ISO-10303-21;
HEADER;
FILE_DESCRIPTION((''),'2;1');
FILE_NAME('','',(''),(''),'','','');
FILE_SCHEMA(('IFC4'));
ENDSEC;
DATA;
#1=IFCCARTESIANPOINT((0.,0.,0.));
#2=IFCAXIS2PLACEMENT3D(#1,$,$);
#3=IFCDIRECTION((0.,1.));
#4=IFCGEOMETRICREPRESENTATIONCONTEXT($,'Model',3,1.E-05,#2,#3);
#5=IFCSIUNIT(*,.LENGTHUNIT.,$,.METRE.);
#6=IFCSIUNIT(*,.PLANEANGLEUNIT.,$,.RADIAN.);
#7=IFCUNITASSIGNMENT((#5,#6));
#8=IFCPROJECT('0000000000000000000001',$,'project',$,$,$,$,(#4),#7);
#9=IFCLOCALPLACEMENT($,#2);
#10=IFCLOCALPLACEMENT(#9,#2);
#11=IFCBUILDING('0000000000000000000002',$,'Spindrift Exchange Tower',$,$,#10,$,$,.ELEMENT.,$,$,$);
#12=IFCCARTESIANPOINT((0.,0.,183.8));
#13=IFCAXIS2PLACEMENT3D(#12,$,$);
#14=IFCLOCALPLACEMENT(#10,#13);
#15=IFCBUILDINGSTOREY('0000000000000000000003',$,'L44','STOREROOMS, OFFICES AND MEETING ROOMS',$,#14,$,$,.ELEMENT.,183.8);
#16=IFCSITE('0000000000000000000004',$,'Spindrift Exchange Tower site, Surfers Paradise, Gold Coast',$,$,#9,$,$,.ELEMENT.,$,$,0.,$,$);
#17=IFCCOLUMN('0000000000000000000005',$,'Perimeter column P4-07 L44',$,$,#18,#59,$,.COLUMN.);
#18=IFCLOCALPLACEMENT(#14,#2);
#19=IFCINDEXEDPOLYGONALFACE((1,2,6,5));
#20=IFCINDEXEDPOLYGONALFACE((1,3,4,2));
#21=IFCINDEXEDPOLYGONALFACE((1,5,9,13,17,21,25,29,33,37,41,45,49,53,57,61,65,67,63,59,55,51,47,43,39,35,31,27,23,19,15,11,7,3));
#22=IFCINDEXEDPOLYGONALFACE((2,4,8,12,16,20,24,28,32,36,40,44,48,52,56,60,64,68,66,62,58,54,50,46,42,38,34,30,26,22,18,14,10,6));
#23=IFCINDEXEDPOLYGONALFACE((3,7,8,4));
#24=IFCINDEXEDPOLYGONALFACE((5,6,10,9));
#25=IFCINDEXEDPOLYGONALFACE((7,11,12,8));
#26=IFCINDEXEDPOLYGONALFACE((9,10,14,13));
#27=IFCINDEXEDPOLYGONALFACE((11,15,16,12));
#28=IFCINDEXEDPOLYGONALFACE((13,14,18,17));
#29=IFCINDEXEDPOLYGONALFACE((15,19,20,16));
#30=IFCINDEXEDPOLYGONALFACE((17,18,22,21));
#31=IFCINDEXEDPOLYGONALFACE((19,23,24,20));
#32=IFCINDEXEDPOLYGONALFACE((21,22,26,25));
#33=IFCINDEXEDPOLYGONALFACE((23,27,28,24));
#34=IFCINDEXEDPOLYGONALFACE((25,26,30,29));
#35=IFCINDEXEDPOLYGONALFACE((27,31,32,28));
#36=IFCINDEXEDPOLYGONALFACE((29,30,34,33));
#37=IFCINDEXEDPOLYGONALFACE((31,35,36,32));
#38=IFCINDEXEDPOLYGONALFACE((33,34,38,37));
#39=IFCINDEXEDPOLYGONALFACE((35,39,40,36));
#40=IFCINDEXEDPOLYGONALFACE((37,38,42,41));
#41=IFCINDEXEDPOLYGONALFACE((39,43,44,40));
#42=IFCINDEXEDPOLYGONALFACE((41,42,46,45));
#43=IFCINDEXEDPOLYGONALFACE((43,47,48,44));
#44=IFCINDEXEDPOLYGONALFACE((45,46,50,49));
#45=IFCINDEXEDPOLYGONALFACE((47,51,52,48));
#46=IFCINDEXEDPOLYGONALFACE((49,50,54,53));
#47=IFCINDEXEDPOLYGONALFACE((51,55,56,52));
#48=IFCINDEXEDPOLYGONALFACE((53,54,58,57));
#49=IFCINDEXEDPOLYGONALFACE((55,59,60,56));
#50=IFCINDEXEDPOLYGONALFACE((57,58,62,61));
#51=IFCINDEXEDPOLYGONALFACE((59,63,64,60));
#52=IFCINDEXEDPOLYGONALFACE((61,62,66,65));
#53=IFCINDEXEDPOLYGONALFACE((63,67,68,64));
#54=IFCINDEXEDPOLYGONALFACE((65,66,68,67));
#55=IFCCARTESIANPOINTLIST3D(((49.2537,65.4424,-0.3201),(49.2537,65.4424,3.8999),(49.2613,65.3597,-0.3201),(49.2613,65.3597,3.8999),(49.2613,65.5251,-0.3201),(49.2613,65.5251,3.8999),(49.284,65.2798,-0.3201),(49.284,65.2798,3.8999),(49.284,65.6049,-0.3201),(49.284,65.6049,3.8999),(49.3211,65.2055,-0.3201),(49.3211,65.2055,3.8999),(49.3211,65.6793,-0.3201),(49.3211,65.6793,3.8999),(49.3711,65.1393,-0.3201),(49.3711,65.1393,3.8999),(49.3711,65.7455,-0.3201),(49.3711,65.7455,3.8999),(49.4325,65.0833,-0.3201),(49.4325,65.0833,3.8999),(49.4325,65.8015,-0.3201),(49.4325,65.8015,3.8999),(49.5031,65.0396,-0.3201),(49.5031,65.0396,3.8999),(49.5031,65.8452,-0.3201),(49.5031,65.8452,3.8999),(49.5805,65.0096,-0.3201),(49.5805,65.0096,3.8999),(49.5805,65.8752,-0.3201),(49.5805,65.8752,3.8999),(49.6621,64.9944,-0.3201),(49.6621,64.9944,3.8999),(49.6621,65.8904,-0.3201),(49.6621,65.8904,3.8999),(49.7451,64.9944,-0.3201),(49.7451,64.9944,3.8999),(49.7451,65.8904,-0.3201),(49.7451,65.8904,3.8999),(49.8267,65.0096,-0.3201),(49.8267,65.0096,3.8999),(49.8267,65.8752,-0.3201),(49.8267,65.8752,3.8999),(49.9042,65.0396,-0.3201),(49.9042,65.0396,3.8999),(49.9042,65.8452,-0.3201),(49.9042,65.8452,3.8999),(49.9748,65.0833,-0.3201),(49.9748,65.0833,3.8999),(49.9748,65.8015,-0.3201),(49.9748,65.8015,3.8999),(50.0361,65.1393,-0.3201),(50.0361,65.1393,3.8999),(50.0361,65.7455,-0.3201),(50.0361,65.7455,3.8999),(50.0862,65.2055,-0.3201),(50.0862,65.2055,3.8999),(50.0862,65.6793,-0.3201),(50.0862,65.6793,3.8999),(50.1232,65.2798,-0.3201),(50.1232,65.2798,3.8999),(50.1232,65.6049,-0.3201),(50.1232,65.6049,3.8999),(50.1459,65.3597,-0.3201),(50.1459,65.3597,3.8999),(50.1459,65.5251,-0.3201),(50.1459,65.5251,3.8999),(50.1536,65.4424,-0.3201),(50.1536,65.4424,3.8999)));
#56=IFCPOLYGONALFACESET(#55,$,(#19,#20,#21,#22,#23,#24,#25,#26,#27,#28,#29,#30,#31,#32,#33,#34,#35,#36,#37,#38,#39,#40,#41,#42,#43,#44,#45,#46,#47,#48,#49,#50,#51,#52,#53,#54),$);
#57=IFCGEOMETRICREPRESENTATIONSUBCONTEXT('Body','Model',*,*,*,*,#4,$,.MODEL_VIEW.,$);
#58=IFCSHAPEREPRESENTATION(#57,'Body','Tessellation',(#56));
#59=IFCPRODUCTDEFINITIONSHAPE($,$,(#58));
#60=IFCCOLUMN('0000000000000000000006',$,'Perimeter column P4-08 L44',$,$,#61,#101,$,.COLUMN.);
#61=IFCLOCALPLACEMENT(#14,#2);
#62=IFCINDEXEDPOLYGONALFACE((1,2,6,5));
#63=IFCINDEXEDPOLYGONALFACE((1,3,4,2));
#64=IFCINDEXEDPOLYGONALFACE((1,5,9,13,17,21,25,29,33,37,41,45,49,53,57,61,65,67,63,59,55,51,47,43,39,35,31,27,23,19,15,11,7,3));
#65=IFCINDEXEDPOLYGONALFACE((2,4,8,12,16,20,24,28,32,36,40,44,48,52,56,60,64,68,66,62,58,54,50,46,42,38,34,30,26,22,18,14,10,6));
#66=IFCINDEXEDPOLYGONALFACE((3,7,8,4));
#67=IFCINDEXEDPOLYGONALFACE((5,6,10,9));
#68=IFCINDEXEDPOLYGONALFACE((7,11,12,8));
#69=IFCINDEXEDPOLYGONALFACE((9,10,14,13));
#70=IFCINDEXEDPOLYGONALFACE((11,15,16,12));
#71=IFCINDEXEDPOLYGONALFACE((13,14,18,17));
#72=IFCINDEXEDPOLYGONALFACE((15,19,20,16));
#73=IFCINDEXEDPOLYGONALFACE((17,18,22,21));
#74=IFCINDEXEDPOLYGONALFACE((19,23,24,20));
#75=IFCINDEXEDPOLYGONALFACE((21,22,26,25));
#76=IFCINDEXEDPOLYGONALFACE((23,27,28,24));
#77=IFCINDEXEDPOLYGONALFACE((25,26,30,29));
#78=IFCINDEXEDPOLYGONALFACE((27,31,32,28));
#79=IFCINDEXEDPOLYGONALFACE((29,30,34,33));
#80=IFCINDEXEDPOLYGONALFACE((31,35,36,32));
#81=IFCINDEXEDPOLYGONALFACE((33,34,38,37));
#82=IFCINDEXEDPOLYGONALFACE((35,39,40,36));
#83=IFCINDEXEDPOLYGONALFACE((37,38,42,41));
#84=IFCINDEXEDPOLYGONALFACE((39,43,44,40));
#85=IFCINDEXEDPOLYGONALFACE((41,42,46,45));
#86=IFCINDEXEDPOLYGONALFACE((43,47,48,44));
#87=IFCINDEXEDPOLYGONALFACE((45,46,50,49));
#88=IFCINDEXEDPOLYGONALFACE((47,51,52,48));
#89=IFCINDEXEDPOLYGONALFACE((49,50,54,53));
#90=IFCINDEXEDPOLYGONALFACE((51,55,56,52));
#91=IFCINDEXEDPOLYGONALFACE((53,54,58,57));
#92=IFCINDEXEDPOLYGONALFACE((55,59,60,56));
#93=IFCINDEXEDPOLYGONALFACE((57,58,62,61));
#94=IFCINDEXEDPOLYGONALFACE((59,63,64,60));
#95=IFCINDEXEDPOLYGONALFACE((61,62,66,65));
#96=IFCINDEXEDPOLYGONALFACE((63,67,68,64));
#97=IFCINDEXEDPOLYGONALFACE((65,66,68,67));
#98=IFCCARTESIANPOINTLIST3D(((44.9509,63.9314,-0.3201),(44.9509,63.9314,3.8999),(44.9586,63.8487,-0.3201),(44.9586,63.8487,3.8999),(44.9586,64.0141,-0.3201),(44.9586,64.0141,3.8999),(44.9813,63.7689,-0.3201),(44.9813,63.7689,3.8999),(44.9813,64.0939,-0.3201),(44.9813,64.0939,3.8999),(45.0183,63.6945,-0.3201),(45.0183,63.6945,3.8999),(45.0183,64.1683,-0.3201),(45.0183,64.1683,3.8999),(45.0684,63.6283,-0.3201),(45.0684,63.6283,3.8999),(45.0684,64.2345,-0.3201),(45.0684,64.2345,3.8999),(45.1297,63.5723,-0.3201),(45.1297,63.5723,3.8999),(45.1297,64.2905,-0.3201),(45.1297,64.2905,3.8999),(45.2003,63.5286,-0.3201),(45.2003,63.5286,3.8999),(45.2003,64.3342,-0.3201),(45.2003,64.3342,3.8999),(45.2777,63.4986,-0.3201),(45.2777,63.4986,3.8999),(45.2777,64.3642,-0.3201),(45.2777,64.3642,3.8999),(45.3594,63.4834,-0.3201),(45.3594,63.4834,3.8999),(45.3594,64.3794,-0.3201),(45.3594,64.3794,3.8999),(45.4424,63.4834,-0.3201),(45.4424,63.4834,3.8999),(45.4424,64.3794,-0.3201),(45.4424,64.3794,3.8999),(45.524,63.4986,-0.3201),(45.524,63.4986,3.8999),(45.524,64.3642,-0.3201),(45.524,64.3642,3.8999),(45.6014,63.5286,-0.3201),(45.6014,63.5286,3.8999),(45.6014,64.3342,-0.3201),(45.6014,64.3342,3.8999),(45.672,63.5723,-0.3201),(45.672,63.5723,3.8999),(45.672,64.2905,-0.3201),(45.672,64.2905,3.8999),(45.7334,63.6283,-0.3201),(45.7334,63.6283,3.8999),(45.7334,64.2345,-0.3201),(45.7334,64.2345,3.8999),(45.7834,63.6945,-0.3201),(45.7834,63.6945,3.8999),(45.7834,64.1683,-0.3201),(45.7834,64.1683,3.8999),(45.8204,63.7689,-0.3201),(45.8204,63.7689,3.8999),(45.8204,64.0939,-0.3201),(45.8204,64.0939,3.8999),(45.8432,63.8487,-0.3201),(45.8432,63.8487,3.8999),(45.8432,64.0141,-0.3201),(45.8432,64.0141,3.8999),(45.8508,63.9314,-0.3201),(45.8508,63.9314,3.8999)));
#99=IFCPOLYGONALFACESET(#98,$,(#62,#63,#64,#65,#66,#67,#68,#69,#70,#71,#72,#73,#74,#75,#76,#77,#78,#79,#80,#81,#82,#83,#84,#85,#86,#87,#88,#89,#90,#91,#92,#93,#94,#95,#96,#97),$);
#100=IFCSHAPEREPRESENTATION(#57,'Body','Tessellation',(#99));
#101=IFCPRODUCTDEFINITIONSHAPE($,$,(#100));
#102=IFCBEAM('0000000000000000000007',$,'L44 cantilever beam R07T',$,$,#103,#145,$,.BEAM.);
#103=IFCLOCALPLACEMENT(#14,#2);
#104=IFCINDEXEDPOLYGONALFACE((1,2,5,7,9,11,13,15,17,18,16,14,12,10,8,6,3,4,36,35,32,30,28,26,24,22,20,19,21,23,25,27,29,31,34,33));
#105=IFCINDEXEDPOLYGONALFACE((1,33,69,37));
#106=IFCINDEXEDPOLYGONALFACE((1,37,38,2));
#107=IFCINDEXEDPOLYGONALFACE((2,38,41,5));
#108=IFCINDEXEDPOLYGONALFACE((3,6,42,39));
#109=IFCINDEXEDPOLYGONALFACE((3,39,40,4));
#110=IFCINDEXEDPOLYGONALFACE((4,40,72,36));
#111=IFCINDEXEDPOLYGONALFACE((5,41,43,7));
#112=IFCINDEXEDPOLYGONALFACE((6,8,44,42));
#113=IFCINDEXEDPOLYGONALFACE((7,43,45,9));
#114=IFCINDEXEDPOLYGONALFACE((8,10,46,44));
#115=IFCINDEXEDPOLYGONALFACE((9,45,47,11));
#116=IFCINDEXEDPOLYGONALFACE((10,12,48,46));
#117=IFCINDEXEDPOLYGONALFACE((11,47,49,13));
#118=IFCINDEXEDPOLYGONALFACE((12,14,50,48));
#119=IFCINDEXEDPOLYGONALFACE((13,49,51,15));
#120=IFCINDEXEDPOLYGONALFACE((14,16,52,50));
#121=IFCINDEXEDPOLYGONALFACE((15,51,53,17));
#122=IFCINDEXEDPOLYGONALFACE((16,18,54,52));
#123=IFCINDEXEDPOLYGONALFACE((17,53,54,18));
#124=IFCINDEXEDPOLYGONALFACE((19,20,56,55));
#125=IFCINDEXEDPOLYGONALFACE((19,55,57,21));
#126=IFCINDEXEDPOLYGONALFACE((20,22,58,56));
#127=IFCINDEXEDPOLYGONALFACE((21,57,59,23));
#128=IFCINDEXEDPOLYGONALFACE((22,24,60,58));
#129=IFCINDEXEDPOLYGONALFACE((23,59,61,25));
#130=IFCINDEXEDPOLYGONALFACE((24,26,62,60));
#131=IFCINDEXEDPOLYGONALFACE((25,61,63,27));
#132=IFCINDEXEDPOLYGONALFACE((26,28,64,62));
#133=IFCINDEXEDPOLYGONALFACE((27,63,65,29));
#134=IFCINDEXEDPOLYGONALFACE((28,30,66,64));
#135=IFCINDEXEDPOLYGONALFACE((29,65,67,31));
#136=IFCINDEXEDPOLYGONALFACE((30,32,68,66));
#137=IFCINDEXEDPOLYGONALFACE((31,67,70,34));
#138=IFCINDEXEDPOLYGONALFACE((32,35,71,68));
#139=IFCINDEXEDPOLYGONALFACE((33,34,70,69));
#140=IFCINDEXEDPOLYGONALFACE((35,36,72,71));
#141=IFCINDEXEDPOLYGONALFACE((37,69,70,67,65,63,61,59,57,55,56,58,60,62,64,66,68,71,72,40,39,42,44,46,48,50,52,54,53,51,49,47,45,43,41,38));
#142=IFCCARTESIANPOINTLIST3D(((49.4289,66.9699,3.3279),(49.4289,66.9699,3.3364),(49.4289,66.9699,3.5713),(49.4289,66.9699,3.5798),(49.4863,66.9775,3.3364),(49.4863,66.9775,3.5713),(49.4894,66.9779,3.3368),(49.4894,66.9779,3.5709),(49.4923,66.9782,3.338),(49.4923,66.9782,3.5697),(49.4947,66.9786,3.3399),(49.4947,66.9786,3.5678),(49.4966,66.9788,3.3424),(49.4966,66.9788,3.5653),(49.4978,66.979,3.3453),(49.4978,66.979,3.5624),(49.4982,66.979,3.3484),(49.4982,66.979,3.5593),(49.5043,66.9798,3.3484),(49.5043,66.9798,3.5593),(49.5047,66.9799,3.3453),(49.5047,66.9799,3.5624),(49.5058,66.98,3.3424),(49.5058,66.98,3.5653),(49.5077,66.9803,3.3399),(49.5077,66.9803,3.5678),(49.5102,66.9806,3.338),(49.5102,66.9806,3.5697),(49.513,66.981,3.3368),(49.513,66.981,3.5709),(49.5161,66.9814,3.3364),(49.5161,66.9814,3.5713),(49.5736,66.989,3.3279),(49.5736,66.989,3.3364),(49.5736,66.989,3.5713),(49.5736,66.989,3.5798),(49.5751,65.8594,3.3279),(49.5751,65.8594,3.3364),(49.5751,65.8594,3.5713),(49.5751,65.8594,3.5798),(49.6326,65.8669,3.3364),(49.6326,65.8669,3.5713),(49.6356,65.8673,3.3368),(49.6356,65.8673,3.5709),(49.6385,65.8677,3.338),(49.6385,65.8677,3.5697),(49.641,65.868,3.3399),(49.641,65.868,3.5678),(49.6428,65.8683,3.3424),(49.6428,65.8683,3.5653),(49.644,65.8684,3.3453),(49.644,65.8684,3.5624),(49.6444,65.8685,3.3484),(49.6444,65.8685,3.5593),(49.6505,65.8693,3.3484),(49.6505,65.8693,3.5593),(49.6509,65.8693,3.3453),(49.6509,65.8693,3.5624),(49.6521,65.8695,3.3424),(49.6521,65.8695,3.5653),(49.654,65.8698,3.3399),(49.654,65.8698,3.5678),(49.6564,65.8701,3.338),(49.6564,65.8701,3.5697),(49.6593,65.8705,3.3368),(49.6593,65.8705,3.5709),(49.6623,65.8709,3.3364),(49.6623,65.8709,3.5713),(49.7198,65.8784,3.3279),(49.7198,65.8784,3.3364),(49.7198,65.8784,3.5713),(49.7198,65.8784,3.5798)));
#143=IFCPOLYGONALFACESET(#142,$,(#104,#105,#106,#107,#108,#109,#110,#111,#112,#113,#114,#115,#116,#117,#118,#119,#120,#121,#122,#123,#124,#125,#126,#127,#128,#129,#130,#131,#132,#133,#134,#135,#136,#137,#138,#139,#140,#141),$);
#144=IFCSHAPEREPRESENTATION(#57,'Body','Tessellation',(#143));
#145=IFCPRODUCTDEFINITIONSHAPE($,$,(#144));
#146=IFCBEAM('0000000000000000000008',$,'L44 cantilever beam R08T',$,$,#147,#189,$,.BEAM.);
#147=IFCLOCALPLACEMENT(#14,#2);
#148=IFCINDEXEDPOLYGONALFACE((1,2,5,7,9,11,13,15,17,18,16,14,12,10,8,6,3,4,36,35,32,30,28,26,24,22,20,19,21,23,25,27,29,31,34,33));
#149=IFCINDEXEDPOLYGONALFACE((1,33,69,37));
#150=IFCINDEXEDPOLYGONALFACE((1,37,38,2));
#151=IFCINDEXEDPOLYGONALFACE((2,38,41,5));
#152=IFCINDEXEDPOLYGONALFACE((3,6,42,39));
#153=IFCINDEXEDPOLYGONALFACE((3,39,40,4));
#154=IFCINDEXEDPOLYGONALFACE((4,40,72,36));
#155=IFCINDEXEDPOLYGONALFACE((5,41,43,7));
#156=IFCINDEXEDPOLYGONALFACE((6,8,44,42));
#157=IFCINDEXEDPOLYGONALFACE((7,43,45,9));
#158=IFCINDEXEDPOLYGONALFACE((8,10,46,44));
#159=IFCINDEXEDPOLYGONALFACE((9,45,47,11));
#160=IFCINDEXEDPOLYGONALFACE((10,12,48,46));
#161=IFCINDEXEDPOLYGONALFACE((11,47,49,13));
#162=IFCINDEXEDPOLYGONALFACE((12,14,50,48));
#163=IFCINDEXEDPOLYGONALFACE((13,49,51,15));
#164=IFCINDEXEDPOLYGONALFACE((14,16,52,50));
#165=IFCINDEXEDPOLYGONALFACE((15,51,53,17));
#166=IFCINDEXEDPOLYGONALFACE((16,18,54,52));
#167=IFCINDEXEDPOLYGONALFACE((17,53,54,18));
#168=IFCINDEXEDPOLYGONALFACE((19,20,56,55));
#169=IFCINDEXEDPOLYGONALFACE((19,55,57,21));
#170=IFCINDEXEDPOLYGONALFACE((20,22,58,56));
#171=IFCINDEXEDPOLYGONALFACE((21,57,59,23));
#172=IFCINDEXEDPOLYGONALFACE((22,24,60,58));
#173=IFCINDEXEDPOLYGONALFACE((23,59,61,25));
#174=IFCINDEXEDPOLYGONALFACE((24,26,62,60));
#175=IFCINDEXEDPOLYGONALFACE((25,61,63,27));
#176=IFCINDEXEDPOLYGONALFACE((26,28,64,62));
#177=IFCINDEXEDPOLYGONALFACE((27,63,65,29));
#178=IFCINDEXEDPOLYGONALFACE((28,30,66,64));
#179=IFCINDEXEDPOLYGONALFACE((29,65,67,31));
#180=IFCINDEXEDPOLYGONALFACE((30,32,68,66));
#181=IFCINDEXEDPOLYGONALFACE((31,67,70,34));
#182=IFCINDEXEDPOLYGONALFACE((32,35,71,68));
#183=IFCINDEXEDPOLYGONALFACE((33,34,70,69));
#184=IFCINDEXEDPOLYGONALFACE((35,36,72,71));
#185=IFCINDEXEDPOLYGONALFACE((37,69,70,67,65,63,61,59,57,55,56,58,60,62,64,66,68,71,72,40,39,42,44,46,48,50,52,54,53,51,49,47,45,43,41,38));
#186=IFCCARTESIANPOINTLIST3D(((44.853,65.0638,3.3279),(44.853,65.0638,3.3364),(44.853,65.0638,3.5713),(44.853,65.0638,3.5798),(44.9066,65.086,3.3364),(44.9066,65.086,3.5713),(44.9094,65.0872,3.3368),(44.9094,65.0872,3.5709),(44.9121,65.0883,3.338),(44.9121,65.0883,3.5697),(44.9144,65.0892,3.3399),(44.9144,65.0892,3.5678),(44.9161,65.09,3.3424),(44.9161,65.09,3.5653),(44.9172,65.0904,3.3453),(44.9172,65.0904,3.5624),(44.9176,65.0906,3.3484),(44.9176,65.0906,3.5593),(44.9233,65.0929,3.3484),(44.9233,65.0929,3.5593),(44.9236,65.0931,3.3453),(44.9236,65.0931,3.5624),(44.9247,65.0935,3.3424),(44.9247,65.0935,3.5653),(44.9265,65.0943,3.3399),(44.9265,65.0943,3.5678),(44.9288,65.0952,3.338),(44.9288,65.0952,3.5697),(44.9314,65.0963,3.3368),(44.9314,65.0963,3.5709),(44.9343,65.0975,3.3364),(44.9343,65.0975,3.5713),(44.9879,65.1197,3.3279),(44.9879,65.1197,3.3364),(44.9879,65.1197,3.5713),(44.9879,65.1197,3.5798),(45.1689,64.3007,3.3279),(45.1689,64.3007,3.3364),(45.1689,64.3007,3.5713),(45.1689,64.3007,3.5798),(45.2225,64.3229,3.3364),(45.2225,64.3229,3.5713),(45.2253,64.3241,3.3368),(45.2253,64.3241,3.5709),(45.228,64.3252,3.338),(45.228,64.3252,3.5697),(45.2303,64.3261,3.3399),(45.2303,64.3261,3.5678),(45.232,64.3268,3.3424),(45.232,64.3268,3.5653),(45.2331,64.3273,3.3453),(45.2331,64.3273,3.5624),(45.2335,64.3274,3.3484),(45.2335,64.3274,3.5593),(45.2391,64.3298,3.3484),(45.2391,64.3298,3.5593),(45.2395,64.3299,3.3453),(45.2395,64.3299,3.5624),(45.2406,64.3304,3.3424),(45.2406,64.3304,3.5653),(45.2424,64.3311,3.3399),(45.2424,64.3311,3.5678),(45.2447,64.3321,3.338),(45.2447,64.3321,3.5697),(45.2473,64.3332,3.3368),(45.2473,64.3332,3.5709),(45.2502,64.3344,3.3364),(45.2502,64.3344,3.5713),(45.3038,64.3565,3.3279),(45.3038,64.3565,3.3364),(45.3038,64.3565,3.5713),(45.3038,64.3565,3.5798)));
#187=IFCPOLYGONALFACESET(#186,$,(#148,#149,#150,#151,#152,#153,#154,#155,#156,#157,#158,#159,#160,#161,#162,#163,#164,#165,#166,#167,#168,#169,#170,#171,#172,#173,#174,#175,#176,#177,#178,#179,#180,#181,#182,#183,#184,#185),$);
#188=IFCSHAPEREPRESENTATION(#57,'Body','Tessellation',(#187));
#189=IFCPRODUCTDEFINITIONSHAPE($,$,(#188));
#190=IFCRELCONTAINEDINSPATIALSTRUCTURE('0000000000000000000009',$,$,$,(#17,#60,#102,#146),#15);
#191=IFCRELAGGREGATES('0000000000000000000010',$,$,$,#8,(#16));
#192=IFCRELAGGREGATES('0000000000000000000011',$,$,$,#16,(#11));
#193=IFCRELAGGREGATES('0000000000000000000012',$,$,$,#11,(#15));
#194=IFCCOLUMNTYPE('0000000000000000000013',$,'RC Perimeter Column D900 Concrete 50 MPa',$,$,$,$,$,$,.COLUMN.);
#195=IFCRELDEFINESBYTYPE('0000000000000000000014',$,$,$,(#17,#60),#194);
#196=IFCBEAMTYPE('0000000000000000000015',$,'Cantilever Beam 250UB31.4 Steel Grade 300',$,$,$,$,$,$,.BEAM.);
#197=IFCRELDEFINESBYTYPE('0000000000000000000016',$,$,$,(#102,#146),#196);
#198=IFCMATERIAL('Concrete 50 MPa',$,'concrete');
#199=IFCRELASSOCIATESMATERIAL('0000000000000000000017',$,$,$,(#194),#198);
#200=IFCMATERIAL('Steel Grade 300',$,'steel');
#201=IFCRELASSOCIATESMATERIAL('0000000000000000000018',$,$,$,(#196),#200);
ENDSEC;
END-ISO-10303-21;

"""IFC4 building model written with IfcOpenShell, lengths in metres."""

from ifc_helpers import new_model, si_unit, direction, frame, origin, origin_2d, place, context, subcontext, project, spatial, circle, i_section, extrude, source, transform, mapped, material, material_profile, profile_set, type_object, element, save


model = new_model("IFC4")

# Units and contexts
model_context = context("Model", 3, precision=1e-05, world=origin(), true_north=direction((0.0, 1.0)))
body_context = subcontext(model_context, "Body", "Model", "MODEL_VIEW")
ifc_project = project(units=[si_unit("LENGTHUNIT", "METRE"), si_unit("PLANEANGLEUNIT", "RADIAN")], contexts=[model_context])

# Site, building, storey
site_placement = place(None, origin())
site = spatial("IfcSite", under=ifc_project, at=site_placement, Name="Spindrift Exchange Tower site, Surfers Paradise, Gold Coast", CompositionType="ELEMENT", RefElevation=0.0)
building_placement = place(site_placement, origin())
building = spatial("IfcBuilding", under=site, at=building_placement, Name="Spindrift Exchange Tower", CompositionType="ELEMENT")
storey_placement = place(building_placement, frame((0.0, 0.0, 183.8)))
storey = spatial("IfcBuildingStorey", under=building, at=storey_placement, Name="L44", Description="STOREROOMS, OFFICES AND MEETING ROOMS", CompositionType="ELEMENT", Elevation=183.8)

# Columns
ifc_material_1 = material(Name="Concrete 50 MPa", Category="concrete")
ifc_material_profile_1 = material_profile(ifc_material_1, circle(Radius=0.45, at=origin_2d()), Name="RC D900")
ifc_profile_set_1 = profile_set([ifc_material_profile_1], Name="Concrete 50 MPa")
column_type = type_object("IfcColumnType", Name="RC Perimeter Column D900 Concrete 50 MPa", PredefinedType="COLUMN", material=ifc_profile_set_1)
shared_shape_1 = source(origin(), body_context, "Body", "SweptSolid", [
    extrude(circle(Radius=0.45, at=origin_2d()), origin(), (0.0, 0.0, 1.0), 4.22),
])
for number, where, z_axis, x_axis, name in (
    (1, (49.7036, 65.4424, -0.3201), (0.0, 0.0, 1.0), (1.0, 0.0, 0.0), "Perimeter column P4-07 L44"),
    (2, (45.4009, 63.9314, -0.3201), (0.0, 0.0, 1.0), (1.0, 0.0, 0.0), "Perimeter column P4-08 L44"),
):
    element("IfcColumn", number, at=place(storey_placement, frame(where, z_axis=z_axis, x_axis=x_axis)), inside=storey, type_object=column_type, Name=name, PredefinedType="COLUMN", context=body_context, shape_type="MappedRepresentation", body=[
        mapped(shared_shape_1, transform((0.0, 0.0, 0.0), scale=1.0)),
    ])

# Beams
ifc_material_2 = material(Name="Steel Grade 300", Category="steel")
ifc_material_profile_2 = material_profile(ifc_material_2, i_section(OverallWidth=0.146, OverallDepth=0.252, WebThickness=0.0061, FlangeThickness=0.0085, FilletRadius=0.012, at=origin_2d()), Name="250UB31.4")
ifc_profile_set_2 = profile_set([ifc_material_profile_2], Name="Steel Grade 300")
beam_type_1 = type_object("IfcBeamType", Name="Cantilever Beam 250UB31.4 Steel Grade 300", PredefinedType="BEAM", material=ifc_profile_set_2)
shared_shape_2 = source(origin(), body_context, "Body", "SweptSolid", [
    extrude(i_section(OverallWidth=0.146, OverallDepth=0.252, WebThickness=0.0061, FlangeThickness=0.0085, FilletRadius=0.012, at=origin_2d()), origin(), (0.0, 0.0, 1.0), 1.1201),
])
beam_1_placement = place(storey_placement, frame((49.6475, 65.8689, 3.4539), z_axis=(-0.13055, 0.991442, 0.0), x_axis=(-0.991442, -0.13055, 0.0)))
element("IfcBeam", 3, at=beam_1_placement, inside=storey, type_object=beam_type_1, Name="L44 cantilever beam R07T", PredefinedType="BEAM", context=body_context, shape_type="MappedRepresentation", body=[
    mapped(shared_shape_2, transform((0.0, 0.0, 0.0), scale=1.0)),
])
shared_shape_3 = source(origin(), body_context, "Body", "SweptSolid", [
    extrude(i_section(OverallWidth=0.146, OverallDepth=0.252, WebThickness=0.0061, FlangeThickness=0.0085, FilletRadius=0.012, at=origin_2d()), origin(), (0.0, 0.0, 1.0), 0.8259),
])
beam_2_placement = place(storey_placement, frame((45.2363, 64.3286, 3.4539), z_axis=(-0.382474, 0.923966, 0.0), x_axis=(-0.923966, -0.382474, 0.0)))
element("IfcBeam", 4, at=beam_2_placement, inside=storey, type_object=beam_type_1, Name="L44 cantilever beam R08T", PredefinedType="BEAM", context=body_context, shape_type="MappedRepresentation", body=[
    mapped(shared_shape_3, transform((0.0, 0.0, 0.0), scale=1.0)),
])

save(model, "model.ifc")
